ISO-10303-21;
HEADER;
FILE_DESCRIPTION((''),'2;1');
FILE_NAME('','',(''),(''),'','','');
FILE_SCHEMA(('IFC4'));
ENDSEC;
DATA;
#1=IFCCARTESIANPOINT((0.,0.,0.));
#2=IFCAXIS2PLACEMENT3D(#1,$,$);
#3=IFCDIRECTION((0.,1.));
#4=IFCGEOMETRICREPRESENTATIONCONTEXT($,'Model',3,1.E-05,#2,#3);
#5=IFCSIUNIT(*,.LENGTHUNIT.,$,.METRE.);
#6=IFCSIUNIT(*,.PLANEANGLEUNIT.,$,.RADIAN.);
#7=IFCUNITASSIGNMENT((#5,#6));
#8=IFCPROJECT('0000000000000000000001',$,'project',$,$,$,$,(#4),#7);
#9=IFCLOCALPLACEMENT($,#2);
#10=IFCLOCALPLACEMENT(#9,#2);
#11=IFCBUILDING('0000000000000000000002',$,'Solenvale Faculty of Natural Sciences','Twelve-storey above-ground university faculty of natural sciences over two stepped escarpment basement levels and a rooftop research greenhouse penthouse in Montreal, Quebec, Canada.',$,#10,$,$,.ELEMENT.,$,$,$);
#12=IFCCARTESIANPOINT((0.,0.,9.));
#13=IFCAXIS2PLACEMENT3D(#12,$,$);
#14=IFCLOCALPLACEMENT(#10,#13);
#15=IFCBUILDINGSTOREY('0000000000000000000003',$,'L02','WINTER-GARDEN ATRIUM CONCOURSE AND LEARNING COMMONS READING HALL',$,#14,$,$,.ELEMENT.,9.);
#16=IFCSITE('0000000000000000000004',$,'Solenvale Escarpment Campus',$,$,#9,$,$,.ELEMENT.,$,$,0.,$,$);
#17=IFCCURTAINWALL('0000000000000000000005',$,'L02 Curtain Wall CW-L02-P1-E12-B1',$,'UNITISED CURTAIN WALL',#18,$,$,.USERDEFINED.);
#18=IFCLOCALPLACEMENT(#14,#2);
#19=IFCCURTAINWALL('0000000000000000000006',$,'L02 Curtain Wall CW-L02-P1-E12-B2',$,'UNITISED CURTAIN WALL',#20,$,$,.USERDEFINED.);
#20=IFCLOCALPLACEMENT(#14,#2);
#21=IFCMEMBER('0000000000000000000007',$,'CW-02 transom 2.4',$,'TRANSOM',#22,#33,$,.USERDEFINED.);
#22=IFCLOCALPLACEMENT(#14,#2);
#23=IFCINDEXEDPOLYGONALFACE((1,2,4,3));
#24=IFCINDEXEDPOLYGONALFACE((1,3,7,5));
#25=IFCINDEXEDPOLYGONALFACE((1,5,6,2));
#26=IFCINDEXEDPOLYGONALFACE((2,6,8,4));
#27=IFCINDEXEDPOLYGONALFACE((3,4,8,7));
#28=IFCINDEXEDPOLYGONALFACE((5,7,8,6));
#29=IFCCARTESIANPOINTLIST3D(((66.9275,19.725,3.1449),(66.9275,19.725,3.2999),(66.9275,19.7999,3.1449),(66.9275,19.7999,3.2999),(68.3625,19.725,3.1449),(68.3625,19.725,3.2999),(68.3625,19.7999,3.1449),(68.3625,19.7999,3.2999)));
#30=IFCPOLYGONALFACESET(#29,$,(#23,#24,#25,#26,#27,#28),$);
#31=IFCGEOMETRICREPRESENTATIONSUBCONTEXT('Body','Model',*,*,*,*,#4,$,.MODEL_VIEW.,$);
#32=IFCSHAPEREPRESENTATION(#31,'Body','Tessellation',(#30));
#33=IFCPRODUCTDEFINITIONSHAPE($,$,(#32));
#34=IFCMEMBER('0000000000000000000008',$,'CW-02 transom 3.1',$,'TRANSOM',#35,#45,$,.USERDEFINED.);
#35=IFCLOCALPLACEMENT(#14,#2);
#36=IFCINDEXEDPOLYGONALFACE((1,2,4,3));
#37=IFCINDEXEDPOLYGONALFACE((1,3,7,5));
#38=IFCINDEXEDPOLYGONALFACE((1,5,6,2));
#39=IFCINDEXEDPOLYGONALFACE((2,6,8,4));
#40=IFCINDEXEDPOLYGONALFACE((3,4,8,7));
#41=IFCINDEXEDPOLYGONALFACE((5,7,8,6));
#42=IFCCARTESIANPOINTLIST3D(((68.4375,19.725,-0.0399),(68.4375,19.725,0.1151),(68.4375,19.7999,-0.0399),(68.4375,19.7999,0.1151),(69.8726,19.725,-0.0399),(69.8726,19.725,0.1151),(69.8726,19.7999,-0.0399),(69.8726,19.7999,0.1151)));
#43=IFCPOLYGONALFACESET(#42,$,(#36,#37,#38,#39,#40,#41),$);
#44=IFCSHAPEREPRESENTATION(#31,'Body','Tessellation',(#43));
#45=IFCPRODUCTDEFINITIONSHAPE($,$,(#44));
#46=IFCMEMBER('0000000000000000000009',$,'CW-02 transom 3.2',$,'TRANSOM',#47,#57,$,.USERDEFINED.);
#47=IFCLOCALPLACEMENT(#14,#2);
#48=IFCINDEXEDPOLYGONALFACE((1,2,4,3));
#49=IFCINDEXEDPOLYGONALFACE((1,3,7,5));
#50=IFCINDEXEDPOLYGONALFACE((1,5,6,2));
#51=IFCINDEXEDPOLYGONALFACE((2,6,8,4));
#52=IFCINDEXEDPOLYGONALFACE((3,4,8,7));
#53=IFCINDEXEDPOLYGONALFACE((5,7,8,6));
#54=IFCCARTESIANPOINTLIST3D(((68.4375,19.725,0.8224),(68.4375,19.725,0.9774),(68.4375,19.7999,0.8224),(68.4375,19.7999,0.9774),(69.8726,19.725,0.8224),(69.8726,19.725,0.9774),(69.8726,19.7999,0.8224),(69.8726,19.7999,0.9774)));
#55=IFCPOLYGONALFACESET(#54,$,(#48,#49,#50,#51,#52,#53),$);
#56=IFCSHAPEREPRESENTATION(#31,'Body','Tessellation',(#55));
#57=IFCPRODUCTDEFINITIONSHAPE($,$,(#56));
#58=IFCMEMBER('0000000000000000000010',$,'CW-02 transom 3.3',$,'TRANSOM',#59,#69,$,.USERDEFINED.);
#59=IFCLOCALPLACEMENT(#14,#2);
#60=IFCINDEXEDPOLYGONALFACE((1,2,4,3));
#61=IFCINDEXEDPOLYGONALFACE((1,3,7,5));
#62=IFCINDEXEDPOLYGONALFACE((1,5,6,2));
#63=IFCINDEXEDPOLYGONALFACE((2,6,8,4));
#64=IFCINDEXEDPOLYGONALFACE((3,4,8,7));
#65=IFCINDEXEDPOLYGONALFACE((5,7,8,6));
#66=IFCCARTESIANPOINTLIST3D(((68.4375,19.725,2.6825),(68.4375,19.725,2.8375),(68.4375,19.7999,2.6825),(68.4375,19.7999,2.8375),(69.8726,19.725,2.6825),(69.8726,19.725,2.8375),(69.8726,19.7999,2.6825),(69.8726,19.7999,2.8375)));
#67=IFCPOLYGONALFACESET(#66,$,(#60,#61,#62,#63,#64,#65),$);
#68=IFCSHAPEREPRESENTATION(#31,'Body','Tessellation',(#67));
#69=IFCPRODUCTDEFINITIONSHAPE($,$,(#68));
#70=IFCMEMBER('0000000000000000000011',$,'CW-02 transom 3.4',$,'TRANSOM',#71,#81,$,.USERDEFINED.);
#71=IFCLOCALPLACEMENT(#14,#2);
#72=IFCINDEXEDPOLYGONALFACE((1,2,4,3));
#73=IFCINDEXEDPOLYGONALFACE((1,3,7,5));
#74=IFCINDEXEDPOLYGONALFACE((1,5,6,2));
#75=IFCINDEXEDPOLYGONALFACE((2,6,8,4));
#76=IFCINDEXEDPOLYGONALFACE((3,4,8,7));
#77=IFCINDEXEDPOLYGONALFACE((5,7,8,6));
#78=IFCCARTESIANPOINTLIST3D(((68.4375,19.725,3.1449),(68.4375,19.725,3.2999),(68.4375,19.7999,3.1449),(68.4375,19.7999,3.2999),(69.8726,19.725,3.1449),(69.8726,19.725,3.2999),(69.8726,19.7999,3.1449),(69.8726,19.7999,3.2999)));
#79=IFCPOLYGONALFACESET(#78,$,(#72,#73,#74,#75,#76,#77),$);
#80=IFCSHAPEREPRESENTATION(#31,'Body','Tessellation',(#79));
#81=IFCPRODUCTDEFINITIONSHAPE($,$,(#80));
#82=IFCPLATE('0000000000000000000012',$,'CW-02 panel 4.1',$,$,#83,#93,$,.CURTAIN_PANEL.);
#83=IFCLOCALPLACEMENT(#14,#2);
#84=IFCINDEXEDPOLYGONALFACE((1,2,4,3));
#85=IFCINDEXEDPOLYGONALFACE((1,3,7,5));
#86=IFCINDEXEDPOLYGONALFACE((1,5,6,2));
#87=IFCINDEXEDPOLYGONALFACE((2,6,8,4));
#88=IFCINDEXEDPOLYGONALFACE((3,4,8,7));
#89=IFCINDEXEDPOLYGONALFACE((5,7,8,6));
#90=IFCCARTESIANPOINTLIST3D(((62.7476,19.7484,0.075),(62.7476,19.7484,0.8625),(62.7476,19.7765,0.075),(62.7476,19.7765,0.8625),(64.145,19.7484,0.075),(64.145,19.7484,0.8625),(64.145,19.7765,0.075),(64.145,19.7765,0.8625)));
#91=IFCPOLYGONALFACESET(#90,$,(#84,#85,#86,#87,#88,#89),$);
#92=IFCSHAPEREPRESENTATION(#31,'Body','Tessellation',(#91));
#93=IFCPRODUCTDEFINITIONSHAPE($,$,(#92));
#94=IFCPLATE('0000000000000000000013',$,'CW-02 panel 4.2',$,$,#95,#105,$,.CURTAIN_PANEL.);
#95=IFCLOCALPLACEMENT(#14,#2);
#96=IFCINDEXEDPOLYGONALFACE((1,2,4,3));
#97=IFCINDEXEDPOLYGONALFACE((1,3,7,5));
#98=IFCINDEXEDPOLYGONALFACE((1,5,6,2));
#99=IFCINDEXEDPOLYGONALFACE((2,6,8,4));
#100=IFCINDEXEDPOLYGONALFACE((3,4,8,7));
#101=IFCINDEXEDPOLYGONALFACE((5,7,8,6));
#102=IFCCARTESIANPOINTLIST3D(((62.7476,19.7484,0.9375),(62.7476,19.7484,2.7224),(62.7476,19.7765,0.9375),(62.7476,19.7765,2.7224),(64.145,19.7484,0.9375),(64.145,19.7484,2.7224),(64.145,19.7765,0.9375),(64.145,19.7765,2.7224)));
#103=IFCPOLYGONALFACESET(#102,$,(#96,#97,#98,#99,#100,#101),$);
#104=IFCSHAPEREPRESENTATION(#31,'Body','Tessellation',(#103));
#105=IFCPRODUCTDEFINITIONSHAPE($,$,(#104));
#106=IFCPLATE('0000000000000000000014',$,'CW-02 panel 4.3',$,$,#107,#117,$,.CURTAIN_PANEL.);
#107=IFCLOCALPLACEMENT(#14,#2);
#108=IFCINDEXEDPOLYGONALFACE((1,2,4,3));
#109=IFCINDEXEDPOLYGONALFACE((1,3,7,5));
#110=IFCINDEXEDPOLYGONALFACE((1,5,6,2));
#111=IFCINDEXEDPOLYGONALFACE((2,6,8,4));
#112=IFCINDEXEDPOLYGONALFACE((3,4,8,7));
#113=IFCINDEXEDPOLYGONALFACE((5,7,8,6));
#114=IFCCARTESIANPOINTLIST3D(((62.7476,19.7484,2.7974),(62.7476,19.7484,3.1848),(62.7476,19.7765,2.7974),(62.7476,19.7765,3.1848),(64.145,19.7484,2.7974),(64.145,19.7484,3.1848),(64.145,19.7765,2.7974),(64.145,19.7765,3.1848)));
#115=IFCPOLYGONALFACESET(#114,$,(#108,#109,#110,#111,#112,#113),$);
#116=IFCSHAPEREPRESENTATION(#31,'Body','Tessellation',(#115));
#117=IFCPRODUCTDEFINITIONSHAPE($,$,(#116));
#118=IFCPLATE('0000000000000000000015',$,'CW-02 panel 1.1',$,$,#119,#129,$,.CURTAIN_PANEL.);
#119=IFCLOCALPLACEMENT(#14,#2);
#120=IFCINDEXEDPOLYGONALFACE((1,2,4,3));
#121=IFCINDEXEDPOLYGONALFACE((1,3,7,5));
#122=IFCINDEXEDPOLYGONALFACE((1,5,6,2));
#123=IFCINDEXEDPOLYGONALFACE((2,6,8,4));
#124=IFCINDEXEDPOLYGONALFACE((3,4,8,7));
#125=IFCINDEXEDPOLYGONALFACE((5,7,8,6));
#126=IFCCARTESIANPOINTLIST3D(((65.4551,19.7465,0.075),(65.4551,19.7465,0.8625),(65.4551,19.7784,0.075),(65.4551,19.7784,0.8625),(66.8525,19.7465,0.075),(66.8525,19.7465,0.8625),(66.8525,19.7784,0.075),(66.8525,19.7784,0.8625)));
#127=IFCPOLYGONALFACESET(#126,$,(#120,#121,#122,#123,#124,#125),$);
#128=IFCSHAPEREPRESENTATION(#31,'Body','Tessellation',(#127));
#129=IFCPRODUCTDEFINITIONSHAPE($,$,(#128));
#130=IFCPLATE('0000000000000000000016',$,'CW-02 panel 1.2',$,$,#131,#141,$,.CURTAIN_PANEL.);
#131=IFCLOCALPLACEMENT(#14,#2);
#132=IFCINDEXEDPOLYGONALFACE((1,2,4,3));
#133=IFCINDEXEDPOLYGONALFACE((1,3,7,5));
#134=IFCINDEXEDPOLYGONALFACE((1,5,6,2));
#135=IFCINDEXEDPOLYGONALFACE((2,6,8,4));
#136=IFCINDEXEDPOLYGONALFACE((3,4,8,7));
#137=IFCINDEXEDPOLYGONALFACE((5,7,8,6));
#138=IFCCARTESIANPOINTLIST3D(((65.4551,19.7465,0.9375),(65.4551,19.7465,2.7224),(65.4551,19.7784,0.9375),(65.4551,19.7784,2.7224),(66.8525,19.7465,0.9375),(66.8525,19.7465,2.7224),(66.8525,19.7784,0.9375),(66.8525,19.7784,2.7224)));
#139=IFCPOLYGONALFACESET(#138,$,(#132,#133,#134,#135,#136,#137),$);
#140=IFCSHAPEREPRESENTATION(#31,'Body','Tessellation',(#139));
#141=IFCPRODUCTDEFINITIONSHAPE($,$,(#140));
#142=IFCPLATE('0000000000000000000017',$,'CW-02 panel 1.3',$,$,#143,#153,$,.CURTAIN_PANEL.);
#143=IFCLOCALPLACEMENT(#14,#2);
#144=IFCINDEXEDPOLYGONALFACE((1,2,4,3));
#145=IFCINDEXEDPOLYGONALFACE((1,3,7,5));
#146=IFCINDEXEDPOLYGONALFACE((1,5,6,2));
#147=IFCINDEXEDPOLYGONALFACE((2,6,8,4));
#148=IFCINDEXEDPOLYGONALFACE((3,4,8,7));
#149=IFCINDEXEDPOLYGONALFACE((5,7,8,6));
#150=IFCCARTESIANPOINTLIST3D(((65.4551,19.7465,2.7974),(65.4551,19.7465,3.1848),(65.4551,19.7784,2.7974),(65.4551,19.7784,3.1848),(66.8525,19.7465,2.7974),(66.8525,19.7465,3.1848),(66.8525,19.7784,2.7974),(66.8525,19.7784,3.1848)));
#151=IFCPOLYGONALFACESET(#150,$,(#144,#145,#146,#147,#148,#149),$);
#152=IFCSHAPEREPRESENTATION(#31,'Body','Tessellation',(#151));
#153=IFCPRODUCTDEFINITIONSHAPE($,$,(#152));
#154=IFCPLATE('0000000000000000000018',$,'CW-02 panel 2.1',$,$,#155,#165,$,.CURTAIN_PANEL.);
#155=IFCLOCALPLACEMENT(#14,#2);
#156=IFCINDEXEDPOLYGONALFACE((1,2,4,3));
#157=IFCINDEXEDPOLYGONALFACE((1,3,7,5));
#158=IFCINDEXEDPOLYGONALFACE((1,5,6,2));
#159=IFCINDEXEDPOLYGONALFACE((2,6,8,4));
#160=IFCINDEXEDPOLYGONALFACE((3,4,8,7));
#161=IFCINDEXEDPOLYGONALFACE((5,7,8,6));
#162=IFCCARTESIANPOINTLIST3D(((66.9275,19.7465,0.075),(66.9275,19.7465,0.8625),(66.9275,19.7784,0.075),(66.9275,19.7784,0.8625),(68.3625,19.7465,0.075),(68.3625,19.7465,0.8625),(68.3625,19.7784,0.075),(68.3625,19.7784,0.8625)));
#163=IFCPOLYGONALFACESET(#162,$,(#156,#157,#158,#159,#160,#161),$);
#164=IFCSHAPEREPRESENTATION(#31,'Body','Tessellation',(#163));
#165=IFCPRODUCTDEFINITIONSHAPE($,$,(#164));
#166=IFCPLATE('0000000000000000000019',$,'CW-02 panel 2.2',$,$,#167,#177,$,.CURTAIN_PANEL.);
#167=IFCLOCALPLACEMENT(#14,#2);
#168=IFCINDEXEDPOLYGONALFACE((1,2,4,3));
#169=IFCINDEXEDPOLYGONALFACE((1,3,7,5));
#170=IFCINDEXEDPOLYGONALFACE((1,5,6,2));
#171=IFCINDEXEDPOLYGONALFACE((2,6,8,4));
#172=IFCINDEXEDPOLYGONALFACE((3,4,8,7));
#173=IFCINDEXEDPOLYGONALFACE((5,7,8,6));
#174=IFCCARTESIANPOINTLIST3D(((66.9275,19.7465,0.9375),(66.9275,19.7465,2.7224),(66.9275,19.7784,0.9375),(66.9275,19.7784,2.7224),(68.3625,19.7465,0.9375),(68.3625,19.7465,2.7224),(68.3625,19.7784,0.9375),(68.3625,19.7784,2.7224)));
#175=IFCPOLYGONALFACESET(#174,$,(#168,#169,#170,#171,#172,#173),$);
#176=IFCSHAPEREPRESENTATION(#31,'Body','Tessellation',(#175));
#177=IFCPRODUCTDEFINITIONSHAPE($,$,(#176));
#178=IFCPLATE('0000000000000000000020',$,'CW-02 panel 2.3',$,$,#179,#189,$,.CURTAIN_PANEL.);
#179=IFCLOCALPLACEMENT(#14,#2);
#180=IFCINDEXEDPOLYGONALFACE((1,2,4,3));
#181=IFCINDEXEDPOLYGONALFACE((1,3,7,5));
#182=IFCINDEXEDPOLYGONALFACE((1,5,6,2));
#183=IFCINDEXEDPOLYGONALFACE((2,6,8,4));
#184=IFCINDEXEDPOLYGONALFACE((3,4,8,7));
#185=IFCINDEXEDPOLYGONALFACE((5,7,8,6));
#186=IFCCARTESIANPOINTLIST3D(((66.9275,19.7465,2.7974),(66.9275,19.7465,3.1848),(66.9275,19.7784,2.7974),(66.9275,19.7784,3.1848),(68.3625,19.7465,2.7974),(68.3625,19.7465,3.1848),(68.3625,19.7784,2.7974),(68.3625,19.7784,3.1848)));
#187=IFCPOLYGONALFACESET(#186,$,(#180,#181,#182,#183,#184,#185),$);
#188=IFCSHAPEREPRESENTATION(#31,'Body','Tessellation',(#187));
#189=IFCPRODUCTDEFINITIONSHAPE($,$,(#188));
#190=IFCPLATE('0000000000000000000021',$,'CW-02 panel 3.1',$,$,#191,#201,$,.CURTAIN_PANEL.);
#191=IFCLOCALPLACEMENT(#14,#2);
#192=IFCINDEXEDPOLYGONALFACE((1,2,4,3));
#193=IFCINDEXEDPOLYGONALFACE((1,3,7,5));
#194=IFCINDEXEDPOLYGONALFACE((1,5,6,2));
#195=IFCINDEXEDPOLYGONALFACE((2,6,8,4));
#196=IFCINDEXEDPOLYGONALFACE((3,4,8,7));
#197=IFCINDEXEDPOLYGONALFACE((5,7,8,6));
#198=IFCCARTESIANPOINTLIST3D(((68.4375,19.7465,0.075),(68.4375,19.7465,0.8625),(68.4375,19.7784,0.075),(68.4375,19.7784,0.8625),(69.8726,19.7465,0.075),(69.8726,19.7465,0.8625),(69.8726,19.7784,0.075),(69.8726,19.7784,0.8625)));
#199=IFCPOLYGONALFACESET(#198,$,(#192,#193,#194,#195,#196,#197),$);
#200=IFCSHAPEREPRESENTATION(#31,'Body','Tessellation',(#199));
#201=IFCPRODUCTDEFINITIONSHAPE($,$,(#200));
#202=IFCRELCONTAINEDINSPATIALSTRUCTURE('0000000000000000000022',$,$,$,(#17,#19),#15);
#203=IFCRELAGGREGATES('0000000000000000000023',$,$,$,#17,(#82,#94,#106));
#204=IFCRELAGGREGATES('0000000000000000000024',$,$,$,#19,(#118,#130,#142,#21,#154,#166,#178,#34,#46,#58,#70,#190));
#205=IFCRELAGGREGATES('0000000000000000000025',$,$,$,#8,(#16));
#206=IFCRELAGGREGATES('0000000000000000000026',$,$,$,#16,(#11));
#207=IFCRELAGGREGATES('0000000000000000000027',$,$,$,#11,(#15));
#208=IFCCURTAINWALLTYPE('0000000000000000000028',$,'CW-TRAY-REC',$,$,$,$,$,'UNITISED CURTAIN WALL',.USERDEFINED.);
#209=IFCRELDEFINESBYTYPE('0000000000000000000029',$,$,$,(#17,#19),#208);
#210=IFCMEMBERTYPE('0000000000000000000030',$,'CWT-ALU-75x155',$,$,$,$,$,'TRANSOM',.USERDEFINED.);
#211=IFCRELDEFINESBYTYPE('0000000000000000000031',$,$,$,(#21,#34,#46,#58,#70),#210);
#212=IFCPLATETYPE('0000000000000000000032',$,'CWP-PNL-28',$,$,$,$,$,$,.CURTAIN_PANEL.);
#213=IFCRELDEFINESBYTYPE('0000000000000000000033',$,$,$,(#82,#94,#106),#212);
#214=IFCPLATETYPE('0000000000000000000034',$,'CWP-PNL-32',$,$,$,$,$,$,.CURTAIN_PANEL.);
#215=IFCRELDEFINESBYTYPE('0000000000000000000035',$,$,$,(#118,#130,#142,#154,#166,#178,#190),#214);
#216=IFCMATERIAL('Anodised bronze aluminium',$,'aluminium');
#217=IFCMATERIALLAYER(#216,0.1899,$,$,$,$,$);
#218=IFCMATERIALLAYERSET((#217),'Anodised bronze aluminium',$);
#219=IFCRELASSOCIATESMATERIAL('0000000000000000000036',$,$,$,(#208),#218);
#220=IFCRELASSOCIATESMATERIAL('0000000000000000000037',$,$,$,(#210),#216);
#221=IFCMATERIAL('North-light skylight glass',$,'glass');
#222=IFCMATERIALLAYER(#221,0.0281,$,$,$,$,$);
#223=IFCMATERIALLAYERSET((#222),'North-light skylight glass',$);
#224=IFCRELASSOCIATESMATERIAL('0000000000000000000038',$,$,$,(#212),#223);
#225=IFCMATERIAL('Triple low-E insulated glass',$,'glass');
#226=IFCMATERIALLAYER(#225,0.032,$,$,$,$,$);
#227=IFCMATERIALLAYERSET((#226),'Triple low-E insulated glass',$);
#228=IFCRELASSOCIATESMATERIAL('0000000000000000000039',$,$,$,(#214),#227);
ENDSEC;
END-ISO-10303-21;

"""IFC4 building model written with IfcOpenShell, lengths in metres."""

from ifc_helpers import new_model, si_unit, direction, frame, origin, origin_2d, place, context, subcontext, project, spatial, rectangle, extrude, material, layer, layer_set, material_profile, profile_set, type_object, element, aggregate, save


model = new_model("IFC4")

# Units and contexts
model_context = context("Model", 3, precision=1e-05, world=origin(), true_north=direction((0.0, 1.0)))
body_context = subcontext(model_context, "Body", "Model", "MODEL_VIEW")
ifc_project = project(units=[si_unit("LENGTHUNIT", "METRE"), si_unit("PLANEANGLEUNIT", "RADIAN")], contexts=[model_context])

# Site, building, storey
site_placement = place(None, origin())
site = spatial("IfcSite", under=ifc_project, at=site_placement, Name="Solenvale Escarpment Campus", CompositionType="ELEMENT", RefElevation=0.0)
building_placement = place(site_placement, origin())
building = spatial("IfcBuilding", under=site, at=building_placement, Name="Solenvale Faculty of Natural Sciences", Description="Twelve-storey above-ground university faculty of natural sciences over two stepped escarpment basement levels and a rooftop research greenhouse penthouse in Montreal, Quebec, Canada.", CompositionType="ELEMENT")
storey_placement = place(building_placement, frame((0.0, 0.0, 9.0)))
storey = spatial("IfcBuildingStorey", under=building, at=storey_placement, Name="L02", Description="WINTER-GARDEN ATRIUM CONCOURSE AND LEARNING COMMONS READING HALL", CompositionType="ELEMENT", Elevation=9.0)

# Curtain wall
ifc_material_1 = material(Name="Anodised bronze aluminium", Category="aluminium")
ifc_layer_1 = layer(ifc_material_1, 0.1899)
ifc_layer_set_1 = layer_set([ifc_layer_1], Name="Anodised bronze aluminium")
curtain_wall_type = type_object("IfcCurtainWallType", Name="CW-TRAY-REC", ElementType="UNITISED CURTAIN WALL", PredefinedType="USERDEFINED", material=ifc_layer_set_1)
curtain_wall_1_placement = place(storey_placement, origin())
curtain_wall_1 = element("IfcCurtainWall", 1, at=curtain_wall_1_placement, inside=storey, type_object=curtain_wall_type, Name="L02 Curtain Wall CW-L02-P1-E12-B1", ObjectType="UNITISED CURTAIN WALL", PredefinedType="USERDEFINED")

# Curtain wall
curtain_wall_2_placement = place(storey_placement, origin())
curtain_wall_2 = element("IfcCurtainWall", 2, at=curtain_wall_2_placement, inside=storey, type_object=curtain_wall_type, Name="L02 Curtain Wall CW-L02-P1-E12-B2", ObjectType="UNITISED CURTAIN WALL", PredefinedType="USERDEFINED")

# Members
ifc_material_profile_1 = material_profile(ifc_material_1, rectangle(XDim=0.075, YDim=0.155, at=origin_2d()), Name="ALU-TRN-75x155")
ifc_profile_set_1 = profile_set([ifc_material_profile_1], Name="Anodised bronze aluminium")
member_type_1 = type_object("IfcMemberType", Name="CWT-ALU-75x155", ElementType="TRANSOM", PredefinedType="USERDEFINED", material=ifc_profile_set_1)
member_1_placement = place(storey_placement, frame((66.9275, 19.7625, 3.2224), z_axis=(1.0, 0.0, 0.0), x_axis=(0.0, 1.0, 0.0)))
member_1 = element("IfcMember", 3, at=member_1_placement, type_object=member_type_1, Name="CW-02 transom 2.4", ObjectType="TRANSOM", PredefinedType="USERDEFINED", context=body_context, shape_type="SweptSolid", body=[
    extrude(rectangle(XDim=0.075, YDim=0.155, at=origin_2d()), origin(), (0.0, 0.0, 1.0), 1.4351),
])
member_2_placement = place(storey_placement, frame((68.4375, 19.7625, 0.0376), z_axis=(1.0, 0.0, 0.0), x_axis=(0.0, 1.0, 0.0)))
member_2 = element("IfcMember", 4, at=member_2_placement, type_object=member_type_1, Name="CW-02 transom 3.1", ObjectType="TRANSOM", PredefinedType="USERDEFINED", context=body_context, shape_type="SweptSolid", body=[
    extrude(rectangle(XDim=0.075, YDim=0.155, at=origin_2d()), origin(), (0.0, 0.0, 1.0), 1.4351),
])
member_3_placement = place(storey_placement, frame((68.4375, 19.7625, 0.8999), z_axis=(1.0, 0.0, 0.0), x_axis=(0.0, 1.0, 0.0)))
member_3 = element("IfcMember", 5, at=member_3_placement, type_object=member_type_1, Name="CW-02 transom 3.2", ObjectType="TRANSOM", PredefinedType="USERDEFINED", context=body_context, shape_type="SweptSolid", body=[
    extrude(rectangle(XDim=0.075, YDim=0.155, at=origin_2d()), origin(), (0.0, 0.0, 1.0), 1.4351),
])
member_4_placement = place(storey_placement, frame((68.4375, 19.7625, 2.76), z_axis=(1.0, 0.0, 0.0), x_axis=(0.0, 1.0, 0.0)))
member_4 = element("IfcMember", 6, at=member_4_placement, type_object=member_type_1, Name="CW-02 transom 3.3", ObjectType="TRANSOM", PredefinedType="USERDEFINED", context=body_context, shape_type="SweptSolid", body=[
    extrude(rectangle(XDim=0.075, YDim=0.155, at=origin_2d()), origin(), (0.0, 0.0, 1.0), 1.4351),
])
member_5_placement = place(storey_placement, frame((68.4375, 19.7625, 3.2224), z_axis=(1.0, 0.0, 0.0), x_axis=(0.0, 1.0, 0.0)))
member_5 = element("IfcMember", 7, at=member_5_placement, type_object=member_type_1, Name="CW-02 transom 3.4", ObjectType="TRANSOM", PredefinedType="USERDEFINED", context=body_context, shape_type="SweptSolid", body=[
    extrude(rectangle(XDim=0.075, YDim=0.155, at=origin_2d()), origin(), (0.0, 0.0, 1.0), 1.4351),
])

# Plates
ifc_material_2 = material(Name="North-light skylight glass", Category="glass")
ifc_layer_2 = layer(ifc_material_2, 0.0281)
ifc_layer_set_2 = layer_set([ifc_layer_2], Name="North-light skylight glass")
plate_type_1 = type_object("IfcPlateType", Name="CWP-PNL-28", PredefinedType="CURTAIN_PANEL", material=ifc_layer_set_2)
plate_1_placement = place(storey_placement, frame((63.4463, 19.7625, 0.075), z_axis=(0.0, 0.0, 1.0), x_axis=(1.0, 0.0, 0.0)))
plate_1 = element("IfcPlate", 8, at=plate_1_placement, type_object=plate_type_1, Name="CW-02 panel 4.1", PredefinedType="CURTAIN_PANEL", context=body_context, shape_type="SweptSolid", body=[
    extrude(rectangle(XDim=1.3975, YDim=0.0281, at=origin_2d()), origin(), (0.0, 0.0, 1.0), 0.7876),
])
plate_2_placement = place(storey_placement, frame((63.4463, 19.7625, 0.9375), z_axis=(0.0, 0.0, 1.0), x_axis=(1.0, 0.0, 0.0)))
plate_2 = element("IfcPlate", 9, at=plate_2_placement, type_object=plate_type_1, Name="CW-02 panel 4.2", PredefinedType="CURTAIN_PANEL", context=body_context, shape_type="SweptSolid", body=[
    extrude(rectangle(XDim=1.3975, YDim=0.0281, at=origin_2d()), origin(), (0.0, 0.0, 1.0), 1.7849),
])
plate_3_placement = place(storey_placement, frame((63.4463, 19.7625, 2.7974), z_axis=(0.0, 0.0, 1.0), x_axis=(1.0, 0.0, 0.0)))
plate_3 = element("IfcPlate", 10, at=plate_3_placement, type_object=plate_type_1, Name="CW-02 panel 4.3", PredefinedType="CURTAIN_PANEL", context=body_context, shape_type="SweptSolid", body=[
    extrude(rectangle(XDim=1.3975, YDim=0.0281, at=origin_2d()), origin(), (0.0, 0.0, 1.0), 0.3875),
])
aggregate(curtain_wall_1, [plate_1, plate_2, plate_3])
ifc_material_3 = material(Name="Triple low-E insulated glass", Category="glass")
ifc_layer_3 = layer(ifc_material_3, 0.032)
ifc_layer_set_3 = layer_set([ifc_layer_3], Name="Triple low-E insulated glass")
plate_type_2 = type_object("IfcPlateType", Name="CWP-PNL-32", PredefinedType="CURTAIN_PANEL", material=ifc_layer_set_3)
plate_4_placement = place(storey_placement, frame((66.1538, 19.7625, 0.075), z_axis=(0.0, 0.0, 1.0), x_axis=(1.0, 0.0, 0.0)))
plate_4 = element("IfcPlate", 11, at=plate_4_placement, type_object=plate_type_2, Name="CW-02 panel 1.1", PredefinedType="CURTAIN_PANEL", context=body_context, shape_type="SweptSolid", body=[
    extrude(rectangle(XDim=1.3975, YDim=0.032, at=origin_2d()), origin(), (0.0, 0.0, 1.0), 0.7876),
])
plate_5_placement = place(storey_placement, frame((66.1538, 19.7625, 0.9375), z_axis=(0.0, 0.0, 1.0), x_axis=(1.0, 0.0, 0.0)))
plate_5 = element("IfcPlate", 12, at=plate_5_placement, type_object=plate_type_2, Name="CW-02 panel 1.2", PredefinedType="CURTAIN_PANEL", context=body_context, shape_type="SweptSolid", body=[
    extrude(rectangle(XDim=1.3975, YDim=0.032, at=origin_2d()), origin(), (0.0, 0.0, 1.0), 1.7849),
])
plate_6_placement = place(storey_placement, frame((66.1538, 19.7625, 2.7974), z_axis=(0.0, 0.0, 1.0), x_axis=(1.0, 0.0, 0.0)))
plate_6 = element("IfcPlate", 13, at=plate_6_placement, type_object=plate_type_2, Name="CW-02 panel 1.3", PredefinedType="CURTAIN_PANEL", context=body_context, shape_type="SweptSolid", body=[
    extrude(rectangle(XDim=1.3975, YDim=0.032, at=origin_2d()), origin(), (0.0, 0.0, 1.0), 0.3875),
])
plate_7_placement = place(storey_placement, frame((67.645, 19.7625, 0.075), z_axis=(0.0, 0.0, 1.0), x_axis=(1.0, 0.0, 0.0)))
plate_7 = element("IfcPlate", 14, at=plate_7_placement, type_object=plate_type_2, Name="CW-02 panel 2.1", PredefinedType="CURTAIN_PANEL", context=body_context, shape_type="SweptSolid", body=[
    extrude(rectangle(XDim=1.4351, YDim=0.032, at=origin_2d()), origin(), (0.0, 0.0, 1.0), 0.7876),
])
plate_8_placement = place(storey_placement, frame((67.645, 19.7625, 0.9375), z_axis=(0.0, 0.0, 1.0), x_axis=(1.0, 0.0, 0.0)))
plate_8 = element("IfcPlate", 15, at=plate_8_placement, type_object=plate_type_2, Name="CW-02 panel 2.2", PredefinedType="CURTAIN_PANEL", context=body_context, shape_type="SweptSolid", body=[
    extrude(rectangle(XDim=1.4351, YDim=0.032, at=origin_2d()), origin(), (0.0, 0.0, 1.0), 1.7849),
])
plate_9_placement = place(storey_placement, frame((67.645, 19.7625, 2.7974), z_axis=(0.0, 0.0, 1.0), x_axis=(1.0, 0.0, 0.0)))
plate_9 = element("IfcPlate", 16, at=plate_9_placement, type_object=plate_type_2, Name="CW-02 panel 2.3", PredefinedType="CURTAIN_PANEL", context=body_context, shape_type="SweptSolid", body=[
    extrude(rectangle(XDim=1.4351, YDim=0.032, at=origin_2d()), origin(), (0.0, 0.0, 1.0), 0.3875),
])
plate_10_placement = place(storey_placement, frame((69.155, 19.7625, 0.075), z_axis=(0.0, 0.0, 1.0), x_axis=(1.0, 0.0, 0.0)))
plate_10 = element("IfcPlate", 17, at=plate_10_placement, type_object=plate_type_2, Name="CW-02 panel 3.1", PredefinedType="CURTAIN_PANEL", context=body_context, shape_type="SweptSolid", body=[
    extrude(rectangle(XDim=1.4351, YDim=0.032, at=origin_2d()), origin(), (0.0, 0.0, 1.0), 0.7876),
])
aggregate(curtain_wall_2, [plate_4, plate_5, plate_6, member_1, plate_7, plate_8, plate_9, member_2, member_3, member_4, member_5, plate_10])

save(model, "model.ifc")
